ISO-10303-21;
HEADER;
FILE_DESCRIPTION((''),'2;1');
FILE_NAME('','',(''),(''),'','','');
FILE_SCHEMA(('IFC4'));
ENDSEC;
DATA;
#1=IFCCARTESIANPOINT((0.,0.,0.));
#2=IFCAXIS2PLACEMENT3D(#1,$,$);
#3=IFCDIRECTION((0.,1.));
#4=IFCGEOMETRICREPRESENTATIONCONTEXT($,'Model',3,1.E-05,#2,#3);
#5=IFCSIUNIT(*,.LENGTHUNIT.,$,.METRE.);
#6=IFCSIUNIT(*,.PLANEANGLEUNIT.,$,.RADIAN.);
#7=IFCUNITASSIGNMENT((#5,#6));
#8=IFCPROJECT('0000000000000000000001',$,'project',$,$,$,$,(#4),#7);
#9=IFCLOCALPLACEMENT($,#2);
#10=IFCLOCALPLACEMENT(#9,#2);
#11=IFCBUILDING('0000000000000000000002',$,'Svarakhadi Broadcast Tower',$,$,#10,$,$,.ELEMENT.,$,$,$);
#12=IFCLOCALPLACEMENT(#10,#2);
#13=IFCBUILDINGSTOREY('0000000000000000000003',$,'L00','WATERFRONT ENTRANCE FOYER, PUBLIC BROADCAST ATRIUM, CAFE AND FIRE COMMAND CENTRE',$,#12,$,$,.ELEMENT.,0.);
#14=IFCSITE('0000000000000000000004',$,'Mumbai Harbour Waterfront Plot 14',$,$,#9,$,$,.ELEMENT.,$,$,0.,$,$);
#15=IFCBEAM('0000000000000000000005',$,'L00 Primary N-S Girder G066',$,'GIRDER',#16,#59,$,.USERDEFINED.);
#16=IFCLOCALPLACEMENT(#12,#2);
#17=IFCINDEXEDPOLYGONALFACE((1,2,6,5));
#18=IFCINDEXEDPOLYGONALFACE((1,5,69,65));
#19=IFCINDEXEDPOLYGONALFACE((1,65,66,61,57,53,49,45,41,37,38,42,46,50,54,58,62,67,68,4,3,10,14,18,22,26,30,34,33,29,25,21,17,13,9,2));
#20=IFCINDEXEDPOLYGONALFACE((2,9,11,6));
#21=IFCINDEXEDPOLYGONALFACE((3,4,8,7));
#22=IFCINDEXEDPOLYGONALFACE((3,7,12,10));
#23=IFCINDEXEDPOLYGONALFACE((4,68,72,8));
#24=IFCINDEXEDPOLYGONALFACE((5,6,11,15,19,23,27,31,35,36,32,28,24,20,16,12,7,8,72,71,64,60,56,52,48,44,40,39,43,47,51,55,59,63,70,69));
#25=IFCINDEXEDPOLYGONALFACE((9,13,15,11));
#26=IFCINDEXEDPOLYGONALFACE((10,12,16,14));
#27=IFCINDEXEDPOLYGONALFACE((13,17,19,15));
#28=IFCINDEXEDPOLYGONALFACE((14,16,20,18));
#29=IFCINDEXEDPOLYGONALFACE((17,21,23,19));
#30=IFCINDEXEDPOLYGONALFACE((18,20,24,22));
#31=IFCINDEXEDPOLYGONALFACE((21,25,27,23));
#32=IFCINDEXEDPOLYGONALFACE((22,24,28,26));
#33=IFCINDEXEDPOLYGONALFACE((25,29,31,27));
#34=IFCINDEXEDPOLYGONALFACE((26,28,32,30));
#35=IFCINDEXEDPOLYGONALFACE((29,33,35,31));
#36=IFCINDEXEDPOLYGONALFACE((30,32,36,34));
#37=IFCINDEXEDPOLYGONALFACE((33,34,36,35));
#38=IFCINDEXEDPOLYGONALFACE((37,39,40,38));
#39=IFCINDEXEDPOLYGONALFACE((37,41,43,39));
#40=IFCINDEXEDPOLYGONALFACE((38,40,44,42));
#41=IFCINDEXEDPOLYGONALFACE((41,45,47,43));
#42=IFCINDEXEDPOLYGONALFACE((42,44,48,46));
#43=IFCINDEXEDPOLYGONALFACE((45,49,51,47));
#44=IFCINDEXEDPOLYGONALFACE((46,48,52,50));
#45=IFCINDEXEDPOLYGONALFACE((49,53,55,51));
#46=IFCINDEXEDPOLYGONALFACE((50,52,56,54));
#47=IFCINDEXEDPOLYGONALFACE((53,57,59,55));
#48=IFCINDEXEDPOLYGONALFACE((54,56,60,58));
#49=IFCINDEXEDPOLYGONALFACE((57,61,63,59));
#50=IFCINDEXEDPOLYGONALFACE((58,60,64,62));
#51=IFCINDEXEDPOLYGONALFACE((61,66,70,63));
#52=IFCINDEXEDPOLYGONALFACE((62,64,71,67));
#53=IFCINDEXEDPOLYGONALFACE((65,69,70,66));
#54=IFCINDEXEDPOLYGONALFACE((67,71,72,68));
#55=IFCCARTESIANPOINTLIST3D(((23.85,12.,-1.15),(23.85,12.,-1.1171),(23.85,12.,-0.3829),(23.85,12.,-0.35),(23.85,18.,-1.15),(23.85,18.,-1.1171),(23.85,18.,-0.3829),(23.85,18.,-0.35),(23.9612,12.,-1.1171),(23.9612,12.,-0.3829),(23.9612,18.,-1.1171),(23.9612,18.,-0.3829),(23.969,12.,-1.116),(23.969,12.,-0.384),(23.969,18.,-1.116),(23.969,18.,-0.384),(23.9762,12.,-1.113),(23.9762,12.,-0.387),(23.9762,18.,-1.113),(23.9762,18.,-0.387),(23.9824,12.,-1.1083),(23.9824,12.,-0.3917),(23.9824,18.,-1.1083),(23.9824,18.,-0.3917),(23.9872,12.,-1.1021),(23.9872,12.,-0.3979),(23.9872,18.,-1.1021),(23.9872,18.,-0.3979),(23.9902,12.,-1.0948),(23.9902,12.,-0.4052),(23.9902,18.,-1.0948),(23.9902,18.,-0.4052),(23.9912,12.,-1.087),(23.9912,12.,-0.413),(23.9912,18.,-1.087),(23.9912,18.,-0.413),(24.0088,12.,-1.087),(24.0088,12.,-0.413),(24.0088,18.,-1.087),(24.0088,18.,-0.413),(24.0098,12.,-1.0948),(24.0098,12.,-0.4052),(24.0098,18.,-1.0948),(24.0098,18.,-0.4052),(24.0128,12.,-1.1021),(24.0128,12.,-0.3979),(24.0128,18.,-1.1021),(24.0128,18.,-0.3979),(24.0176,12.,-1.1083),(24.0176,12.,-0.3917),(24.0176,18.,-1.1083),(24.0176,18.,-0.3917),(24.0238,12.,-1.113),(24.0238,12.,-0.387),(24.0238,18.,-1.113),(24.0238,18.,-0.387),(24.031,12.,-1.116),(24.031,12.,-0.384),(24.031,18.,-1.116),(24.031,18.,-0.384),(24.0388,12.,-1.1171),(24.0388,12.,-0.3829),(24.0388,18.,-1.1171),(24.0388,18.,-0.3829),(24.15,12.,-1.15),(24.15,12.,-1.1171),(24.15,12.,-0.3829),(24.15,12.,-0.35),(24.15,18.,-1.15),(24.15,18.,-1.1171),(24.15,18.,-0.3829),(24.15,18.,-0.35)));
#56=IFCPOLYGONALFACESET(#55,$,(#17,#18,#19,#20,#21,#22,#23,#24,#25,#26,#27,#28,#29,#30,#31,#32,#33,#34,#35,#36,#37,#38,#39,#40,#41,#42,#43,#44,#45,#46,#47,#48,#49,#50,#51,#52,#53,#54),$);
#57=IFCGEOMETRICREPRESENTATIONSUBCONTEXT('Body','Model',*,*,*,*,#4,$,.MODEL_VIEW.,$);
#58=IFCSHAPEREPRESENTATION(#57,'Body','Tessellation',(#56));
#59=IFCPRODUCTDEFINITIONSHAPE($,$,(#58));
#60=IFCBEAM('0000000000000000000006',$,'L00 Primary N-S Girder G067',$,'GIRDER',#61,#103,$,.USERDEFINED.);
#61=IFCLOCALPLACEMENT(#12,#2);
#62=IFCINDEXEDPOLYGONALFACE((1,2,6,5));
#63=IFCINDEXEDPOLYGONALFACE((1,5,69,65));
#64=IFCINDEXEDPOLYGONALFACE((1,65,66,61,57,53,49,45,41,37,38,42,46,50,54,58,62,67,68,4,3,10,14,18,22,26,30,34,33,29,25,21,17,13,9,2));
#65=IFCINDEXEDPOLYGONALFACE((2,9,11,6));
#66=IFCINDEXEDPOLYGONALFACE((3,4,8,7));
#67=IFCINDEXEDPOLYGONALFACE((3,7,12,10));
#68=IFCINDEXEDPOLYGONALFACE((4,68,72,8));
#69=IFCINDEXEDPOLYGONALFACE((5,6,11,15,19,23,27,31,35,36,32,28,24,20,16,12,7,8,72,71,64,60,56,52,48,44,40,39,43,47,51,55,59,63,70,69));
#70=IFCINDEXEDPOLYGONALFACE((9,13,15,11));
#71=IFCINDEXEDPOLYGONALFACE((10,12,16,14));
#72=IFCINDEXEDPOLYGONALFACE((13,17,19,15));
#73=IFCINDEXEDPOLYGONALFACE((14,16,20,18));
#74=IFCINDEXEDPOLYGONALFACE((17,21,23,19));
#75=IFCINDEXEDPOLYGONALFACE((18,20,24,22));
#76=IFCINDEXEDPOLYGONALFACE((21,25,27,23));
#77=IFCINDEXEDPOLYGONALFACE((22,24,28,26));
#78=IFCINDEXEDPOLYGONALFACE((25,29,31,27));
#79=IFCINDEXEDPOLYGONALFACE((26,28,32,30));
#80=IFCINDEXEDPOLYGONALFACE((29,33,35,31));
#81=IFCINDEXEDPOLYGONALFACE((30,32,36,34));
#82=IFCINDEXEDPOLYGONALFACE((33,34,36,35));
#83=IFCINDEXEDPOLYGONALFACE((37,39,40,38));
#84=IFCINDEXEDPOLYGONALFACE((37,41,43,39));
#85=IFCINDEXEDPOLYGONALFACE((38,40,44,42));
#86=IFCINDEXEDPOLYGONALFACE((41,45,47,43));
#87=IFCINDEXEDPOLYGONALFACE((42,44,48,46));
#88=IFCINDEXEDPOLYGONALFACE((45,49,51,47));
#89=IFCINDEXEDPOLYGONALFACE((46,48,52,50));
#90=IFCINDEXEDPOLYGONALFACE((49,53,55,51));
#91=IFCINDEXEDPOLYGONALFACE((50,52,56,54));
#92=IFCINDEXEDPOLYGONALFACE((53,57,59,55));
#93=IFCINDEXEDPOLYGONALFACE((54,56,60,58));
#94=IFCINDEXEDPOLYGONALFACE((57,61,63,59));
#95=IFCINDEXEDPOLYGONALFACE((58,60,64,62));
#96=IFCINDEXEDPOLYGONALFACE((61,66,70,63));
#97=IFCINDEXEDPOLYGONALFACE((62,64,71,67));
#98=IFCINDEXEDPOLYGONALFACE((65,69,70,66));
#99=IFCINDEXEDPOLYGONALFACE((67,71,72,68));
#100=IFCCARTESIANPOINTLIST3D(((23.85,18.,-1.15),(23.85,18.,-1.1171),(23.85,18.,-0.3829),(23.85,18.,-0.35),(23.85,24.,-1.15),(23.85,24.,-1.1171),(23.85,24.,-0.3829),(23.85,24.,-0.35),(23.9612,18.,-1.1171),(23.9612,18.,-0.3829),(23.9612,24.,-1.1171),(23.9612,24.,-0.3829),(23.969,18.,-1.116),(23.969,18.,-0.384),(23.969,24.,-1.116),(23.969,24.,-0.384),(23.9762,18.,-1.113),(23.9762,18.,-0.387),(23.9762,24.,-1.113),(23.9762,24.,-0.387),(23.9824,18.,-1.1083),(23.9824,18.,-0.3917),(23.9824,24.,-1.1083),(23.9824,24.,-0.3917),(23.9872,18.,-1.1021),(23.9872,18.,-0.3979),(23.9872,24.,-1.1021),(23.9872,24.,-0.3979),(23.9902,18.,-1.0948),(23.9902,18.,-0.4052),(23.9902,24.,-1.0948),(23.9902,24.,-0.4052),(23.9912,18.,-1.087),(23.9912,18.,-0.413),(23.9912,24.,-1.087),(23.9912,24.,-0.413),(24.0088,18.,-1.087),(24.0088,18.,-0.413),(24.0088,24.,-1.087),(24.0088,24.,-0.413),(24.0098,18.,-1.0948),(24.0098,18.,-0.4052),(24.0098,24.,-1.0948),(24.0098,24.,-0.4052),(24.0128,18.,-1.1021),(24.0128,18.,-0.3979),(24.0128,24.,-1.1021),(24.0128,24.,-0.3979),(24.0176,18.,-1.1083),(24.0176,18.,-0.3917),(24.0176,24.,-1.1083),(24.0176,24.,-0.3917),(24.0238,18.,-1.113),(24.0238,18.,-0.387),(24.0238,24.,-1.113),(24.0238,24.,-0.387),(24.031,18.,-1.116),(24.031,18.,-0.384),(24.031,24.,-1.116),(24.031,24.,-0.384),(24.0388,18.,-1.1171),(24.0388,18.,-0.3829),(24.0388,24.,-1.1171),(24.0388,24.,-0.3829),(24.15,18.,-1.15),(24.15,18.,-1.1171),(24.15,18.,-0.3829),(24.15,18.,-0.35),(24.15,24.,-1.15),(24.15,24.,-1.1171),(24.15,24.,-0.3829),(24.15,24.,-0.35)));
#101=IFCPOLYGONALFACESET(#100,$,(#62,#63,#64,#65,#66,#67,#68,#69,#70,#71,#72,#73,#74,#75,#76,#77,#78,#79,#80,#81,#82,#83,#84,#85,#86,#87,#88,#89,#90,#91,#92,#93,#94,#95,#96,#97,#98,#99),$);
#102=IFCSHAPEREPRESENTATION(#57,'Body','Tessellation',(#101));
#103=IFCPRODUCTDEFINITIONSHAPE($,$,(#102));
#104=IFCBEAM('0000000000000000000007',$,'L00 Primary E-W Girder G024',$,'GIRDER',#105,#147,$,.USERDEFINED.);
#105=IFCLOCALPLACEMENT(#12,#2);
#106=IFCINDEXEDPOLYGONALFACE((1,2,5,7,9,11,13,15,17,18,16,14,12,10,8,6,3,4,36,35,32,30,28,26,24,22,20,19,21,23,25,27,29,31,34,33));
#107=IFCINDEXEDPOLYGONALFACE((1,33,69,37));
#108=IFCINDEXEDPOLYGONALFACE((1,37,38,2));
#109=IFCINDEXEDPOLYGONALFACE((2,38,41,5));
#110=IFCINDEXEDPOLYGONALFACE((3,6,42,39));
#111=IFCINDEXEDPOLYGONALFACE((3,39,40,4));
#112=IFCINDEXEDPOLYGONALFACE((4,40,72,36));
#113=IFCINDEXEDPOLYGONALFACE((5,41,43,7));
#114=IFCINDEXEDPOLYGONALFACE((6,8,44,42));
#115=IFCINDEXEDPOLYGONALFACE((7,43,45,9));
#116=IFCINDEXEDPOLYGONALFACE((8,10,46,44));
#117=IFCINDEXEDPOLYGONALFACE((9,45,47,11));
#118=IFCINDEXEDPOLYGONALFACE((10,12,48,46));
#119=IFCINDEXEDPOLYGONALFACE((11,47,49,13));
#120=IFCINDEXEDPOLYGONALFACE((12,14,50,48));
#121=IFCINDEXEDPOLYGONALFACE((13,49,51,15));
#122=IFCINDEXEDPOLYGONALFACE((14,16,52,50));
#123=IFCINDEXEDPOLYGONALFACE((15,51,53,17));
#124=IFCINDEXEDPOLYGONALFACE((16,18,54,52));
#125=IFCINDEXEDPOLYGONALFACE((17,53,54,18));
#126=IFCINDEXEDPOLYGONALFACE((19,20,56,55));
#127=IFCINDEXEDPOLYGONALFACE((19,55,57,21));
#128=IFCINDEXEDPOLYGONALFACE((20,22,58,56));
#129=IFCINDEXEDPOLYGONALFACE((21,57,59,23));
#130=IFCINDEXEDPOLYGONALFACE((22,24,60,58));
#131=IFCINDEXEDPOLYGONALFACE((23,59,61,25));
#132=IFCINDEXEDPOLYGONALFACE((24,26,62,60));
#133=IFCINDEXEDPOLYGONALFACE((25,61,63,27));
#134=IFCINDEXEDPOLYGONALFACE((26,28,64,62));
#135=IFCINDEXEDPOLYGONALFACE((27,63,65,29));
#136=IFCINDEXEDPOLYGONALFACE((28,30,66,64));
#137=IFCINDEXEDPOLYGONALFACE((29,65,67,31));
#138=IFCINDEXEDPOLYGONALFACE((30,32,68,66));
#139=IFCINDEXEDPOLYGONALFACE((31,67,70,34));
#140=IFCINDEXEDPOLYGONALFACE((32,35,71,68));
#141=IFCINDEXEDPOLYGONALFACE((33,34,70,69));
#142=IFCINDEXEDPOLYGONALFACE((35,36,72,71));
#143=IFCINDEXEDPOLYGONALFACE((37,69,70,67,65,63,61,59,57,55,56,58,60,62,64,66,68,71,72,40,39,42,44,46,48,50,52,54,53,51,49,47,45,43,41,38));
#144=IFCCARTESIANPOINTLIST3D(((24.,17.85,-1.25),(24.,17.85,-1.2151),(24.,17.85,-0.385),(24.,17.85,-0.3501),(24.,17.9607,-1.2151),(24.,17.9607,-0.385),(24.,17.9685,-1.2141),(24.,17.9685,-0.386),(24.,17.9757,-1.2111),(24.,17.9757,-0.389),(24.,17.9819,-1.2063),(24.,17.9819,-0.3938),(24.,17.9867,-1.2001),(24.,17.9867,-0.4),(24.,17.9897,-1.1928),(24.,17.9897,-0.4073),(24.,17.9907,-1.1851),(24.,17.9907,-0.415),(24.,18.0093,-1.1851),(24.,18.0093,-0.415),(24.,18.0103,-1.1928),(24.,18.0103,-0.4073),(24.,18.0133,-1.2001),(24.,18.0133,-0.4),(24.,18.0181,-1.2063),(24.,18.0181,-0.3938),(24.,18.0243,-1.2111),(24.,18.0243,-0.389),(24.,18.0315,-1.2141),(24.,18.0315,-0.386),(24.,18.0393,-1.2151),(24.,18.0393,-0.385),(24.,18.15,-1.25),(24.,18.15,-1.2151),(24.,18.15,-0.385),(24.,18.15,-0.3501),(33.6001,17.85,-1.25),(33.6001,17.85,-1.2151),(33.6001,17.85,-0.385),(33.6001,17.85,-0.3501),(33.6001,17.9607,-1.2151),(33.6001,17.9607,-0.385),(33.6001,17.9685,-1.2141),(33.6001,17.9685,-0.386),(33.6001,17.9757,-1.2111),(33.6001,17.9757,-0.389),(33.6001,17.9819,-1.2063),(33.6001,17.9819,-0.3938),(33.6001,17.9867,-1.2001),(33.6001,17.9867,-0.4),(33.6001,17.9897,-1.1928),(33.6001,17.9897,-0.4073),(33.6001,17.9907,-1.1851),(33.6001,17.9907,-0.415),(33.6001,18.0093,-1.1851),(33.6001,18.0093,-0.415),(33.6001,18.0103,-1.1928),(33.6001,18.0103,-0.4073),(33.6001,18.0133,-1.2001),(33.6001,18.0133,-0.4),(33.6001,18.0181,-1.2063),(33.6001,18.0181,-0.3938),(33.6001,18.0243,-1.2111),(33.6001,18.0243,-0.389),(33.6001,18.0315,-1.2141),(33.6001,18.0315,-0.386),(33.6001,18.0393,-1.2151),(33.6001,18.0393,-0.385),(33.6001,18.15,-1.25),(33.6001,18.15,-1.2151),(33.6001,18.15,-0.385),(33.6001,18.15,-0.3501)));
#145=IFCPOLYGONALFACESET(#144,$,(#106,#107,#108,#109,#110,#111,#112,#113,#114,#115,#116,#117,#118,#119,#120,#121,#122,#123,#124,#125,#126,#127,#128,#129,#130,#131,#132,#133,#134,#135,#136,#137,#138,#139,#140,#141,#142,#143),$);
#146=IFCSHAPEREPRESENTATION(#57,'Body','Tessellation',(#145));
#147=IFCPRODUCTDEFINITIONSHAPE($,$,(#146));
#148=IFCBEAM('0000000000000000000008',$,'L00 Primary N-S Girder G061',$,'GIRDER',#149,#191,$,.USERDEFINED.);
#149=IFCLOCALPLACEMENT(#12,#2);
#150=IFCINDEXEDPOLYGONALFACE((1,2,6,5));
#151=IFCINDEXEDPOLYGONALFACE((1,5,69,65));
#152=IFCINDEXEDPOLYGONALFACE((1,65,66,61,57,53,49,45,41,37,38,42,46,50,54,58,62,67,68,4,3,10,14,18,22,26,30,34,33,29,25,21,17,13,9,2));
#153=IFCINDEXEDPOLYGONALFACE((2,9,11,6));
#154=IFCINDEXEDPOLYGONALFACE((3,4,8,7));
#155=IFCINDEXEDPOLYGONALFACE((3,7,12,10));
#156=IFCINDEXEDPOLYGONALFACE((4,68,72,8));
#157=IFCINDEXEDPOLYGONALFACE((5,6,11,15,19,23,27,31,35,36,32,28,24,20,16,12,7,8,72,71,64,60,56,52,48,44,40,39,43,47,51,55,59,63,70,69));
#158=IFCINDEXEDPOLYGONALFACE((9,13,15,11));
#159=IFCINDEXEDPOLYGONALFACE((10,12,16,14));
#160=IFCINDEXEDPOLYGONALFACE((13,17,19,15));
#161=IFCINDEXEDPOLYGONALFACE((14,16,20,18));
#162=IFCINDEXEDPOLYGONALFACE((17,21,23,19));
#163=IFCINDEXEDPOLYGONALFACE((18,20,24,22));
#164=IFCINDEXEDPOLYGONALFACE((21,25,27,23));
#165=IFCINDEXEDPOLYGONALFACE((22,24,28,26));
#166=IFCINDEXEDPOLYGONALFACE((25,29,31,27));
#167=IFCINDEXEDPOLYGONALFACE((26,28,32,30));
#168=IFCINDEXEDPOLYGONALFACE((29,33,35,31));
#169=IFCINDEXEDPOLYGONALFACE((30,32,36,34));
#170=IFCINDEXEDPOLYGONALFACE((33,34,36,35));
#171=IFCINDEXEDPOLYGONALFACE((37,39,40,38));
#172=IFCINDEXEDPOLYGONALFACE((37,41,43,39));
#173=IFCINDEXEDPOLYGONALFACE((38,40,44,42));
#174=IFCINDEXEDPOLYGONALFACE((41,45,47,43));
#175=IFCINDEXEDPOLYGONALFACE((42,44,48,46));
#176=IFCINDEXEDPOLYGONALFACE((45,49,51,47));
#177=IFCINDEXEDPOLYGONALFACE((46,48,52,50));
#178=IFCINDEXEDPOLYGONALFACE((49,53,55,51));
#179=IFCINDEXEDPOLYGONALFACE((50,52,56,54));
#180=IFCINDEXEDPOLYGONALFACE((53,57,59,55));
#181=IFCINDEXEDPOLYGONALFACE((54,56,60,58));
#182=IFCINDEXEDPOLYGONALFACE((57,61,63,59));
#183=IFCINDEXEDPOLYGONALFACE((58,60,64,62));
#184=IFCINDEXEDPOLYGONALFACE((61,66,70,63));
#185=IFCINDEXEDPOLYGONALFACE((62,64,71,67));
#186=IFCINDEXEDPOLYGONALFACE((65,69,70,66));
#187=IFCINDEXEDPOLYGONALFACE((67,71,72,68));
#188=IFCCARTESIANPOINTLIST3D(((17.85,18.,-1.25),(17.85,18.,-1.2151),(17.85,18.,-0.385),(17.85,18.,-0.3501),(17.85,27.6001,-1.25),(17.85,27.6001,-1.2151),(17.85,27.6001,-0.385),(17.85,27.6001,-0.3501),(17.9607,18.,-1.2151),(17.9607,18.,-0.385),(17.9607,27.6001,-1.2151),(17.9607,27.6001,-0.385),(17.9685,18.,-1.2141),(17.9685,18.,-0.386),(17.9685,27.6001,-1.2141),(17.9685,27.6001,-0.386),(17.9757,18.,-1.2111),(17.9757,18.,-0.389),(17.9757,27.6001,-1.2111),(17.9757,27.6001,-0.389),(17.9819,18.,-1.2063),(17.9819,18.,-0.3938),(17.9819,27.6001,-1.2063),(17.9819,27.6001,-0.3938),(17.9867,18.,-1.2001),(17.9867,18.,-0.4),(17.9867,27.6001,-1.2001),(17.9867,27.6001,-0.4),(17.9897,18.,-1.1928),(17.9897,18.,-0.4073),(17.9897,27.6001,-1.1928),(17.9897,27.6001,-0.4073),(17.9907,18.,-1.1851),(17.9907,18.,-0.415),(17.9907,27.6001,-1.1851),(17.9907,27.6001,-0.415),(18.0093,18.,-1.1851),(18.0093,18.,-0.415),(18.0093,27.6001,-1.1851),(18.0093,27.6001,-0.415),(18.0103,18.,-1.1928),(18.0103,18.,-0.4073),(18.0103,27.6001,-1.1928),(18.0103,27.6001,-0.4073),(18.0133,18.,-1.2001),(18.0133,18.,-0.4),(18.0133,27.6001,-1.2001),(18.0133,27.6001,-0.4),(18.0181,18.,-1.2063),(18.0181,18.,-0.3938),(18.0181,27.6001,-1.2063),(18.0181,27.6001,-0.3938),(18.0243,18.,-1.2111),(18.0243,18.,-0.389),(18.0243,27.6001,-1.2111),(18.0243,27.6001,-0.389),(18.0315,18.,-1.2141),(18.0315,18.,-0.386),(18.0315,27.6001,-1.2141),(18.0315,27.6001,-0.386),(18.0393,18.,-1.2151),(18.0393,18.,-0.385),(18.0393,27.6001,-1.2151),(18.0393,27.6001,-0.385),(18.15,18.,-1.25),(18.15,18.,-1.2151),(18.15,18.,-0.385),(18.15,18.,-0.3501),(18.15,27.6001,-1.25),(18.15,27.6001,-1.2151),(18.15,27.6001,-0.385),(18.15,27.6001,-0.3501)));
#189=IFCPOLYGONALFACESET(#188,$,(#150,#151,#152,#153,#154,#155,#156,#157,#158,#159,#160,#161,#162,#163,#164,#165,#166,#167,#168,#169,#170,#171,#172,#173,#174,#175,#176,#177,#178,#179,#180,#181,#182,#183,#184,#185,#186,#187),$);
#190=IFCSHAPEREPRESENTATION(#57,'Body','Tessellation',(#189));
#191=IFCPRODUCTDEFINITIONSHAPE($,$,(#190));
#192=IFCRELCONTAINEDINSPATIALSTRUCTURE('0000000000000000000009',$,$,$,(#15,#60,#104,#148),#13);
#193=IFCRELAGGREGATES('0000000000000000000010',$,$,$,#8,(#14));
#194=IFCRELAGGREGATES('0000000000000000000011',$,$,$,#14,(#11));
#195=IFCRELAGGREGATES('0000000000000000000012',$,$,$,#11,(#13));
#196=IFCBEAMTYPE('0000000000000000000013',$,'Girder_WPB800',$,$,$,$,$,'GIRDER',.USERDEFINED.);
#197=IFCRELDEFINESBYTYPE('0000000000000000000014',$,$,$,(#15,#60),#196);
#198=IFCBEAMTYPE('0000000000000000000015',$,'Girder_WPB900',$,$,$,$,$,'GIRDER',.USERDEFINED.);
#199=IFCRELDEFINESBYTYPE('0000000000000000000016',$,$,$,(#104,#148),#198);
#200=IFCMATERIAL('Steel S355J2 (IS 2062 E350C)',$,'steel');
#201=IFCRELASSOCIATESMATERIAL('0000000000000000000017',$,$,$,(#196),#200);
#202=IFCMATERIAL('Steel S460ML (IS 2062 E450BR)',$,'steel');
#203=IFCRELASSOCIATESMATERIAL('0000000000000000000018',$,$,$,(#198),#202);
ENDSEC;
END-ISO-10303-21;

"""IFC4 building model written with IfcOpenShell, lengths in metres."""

from ifc_helpers import new_model, si_unit, direction, frame, origin, origin_2d, place, context, subcontext, project, spatial, i_section, extrude, material, material_profile, profile_set, type_object, element, save


model = new_model("IFC4")

# Units and contexts
model_context = context("Model", 3, precision=1e-05, world=origin(), true_north=direction((0.0, 1.0)))
body_context = subcontext(model_context, "Body", "Model", "MODEL_VIEW")
ifc_project = project(units=[si_unit("LENGTHUNIT", "METRE"), si_unit("PLANEANGLEUNIT", "RADIAN")], contexts=[model_context])

# Site, building, storey
site_placement = place(None, origin())
site = spatial("IfcSite", under=ifc_project, at=site_placement, Name="Mumbai Harbour Waterfront Plot 14", CompositionType="ELEMENT", RefElevation=0.0)
building_placement = place(site_placement, origin())
building = spatial("IfcBuilding", under=site, at=building_placement, Name="Svarakhadi Broadcast Tower", CompositionType="ELEMENT")
storey_placement = place(building_placement, origin())
storey = spatial("IfcBuildingStorey", under=building, at=storey_placement, Name="L00", Description="WATERFRONT ENTRANCE FOYER, PUBLIC BROADCAST ATRIUM, CAFE AND FIRE COMMAND CENTRE", CompositionType="ELEMENT", Elevation=0.0)

# Shared definitions
ifc_material_1 = material(Name="Steel S460ML (IS 2062 E450BR)", Category="steel")

# Beams
ifc_material_2 = material(Name="Steel S355J2 (IS 2062 E350C)", Category="steel")
ifc_material_profile_1 = material_profile(ifc_material_2, i_section(OverallWidth=0.3, OverallDepth=0.8, WebThickness=0.0176, FlangeThickness=0.033, FilletRadius=0.03, at=origin_2d()), Name="WPB 800x300x262")
ifc_profile_set_1 = profile_set([ifc_material_profile_1], Name="Steel S355J2 (IS 2062 E350C)")
beam_type_1 = type_object("IfcBeamType", Name="Girder_WPB800", ElementType="GIRDER", PredefinedType="USERDEFINED", material=ifc_profile_set_1)
for number, where, z_axis, x_axis, name in (
    (1, (24.0, 12.0, -0.75), (0.0, 1.0, 0.0), (-1.0, 0.0, 0.0), "L00 Primary N-S Girder G066"),
    (2, (24.0, 18.0, -0.75), (0.0, 1.0, 0.0), (-1.0, 0.0, 0.0), "L00 Primary N-S Girder G067"),
):
    element("IfcBeam", number, at=place(storey_placement, frame(where, z_axis=z_axis, x_axis=x_axis)), inside=storey, type_object=beam_type_1, Name=name, ObjectType="GIRDER", PredefinedType="USERDEFINED", context=body_context, shape_type="SweptSolid", body=[
        extrude(i_section(OverallWidth=0.3, OverallDepth=0.8, WebThickness=0.0176, FlangeThickness=0.033, FilletRadius=0.03, at=origin_2d()), origin(), (0.0, 0.0, 1.0), 6.0),
    ])
ifc_material_profile_2 = material_profile(ifc_material_1, i_section(OverallWidth=0.3, OverallDepth=0.8999, WebThickness=0.0186, FlangeThickness=0.0349, FilletRadius=0.03, at=origin_2d()), Name="WPB 900x300x291")
ifc_profile_set_2 = profile_set([ifc_material_profile_2], Name="Steel S460ML (IS 2062 E450BR)")
beam_type_2 = type_object("IfcBeamType", Name="Girder_WPB900", ElementType="GIRDER", PredefinedType="USERDEFINED", material=ifc_profile_set_2)
for number, where, z_axis, x_axis, name in (
    (3, (24.0, 18.0, -0.8), (1.0, 0.0, 0.0), (0.0, 1.0, 0.0), "L00 Primary E-W Girder G024"),
    (4, (18.0, 18.0, -0.8), (0.0, 1.0, 0.0), (-1.0, 0.0, 0.0), "L00 Primary N-S Girder G061"),
):
    element("IfcBeam", number, at=place(storey_placement, frame(where, z_axis=z_axis, x_axis=x_axis)), inside=storey, type_object=beam_type_2, Name=name, ObjectType="GIRDER", PredefinedType="USERDEFINED", context=body_context, shape_type="SweptSolid", body=[
        extrude(i_section(OverallWidth=0.3, OverallDepth=0.8999, WebThickness=0.0186, FlangeThickness=0.0349, FilletRadius=0.03, at=origin_2d()), origin(), (0.0, 0.0, 1.0), 9.6001),
    ])

save(model, "model.ifc")
